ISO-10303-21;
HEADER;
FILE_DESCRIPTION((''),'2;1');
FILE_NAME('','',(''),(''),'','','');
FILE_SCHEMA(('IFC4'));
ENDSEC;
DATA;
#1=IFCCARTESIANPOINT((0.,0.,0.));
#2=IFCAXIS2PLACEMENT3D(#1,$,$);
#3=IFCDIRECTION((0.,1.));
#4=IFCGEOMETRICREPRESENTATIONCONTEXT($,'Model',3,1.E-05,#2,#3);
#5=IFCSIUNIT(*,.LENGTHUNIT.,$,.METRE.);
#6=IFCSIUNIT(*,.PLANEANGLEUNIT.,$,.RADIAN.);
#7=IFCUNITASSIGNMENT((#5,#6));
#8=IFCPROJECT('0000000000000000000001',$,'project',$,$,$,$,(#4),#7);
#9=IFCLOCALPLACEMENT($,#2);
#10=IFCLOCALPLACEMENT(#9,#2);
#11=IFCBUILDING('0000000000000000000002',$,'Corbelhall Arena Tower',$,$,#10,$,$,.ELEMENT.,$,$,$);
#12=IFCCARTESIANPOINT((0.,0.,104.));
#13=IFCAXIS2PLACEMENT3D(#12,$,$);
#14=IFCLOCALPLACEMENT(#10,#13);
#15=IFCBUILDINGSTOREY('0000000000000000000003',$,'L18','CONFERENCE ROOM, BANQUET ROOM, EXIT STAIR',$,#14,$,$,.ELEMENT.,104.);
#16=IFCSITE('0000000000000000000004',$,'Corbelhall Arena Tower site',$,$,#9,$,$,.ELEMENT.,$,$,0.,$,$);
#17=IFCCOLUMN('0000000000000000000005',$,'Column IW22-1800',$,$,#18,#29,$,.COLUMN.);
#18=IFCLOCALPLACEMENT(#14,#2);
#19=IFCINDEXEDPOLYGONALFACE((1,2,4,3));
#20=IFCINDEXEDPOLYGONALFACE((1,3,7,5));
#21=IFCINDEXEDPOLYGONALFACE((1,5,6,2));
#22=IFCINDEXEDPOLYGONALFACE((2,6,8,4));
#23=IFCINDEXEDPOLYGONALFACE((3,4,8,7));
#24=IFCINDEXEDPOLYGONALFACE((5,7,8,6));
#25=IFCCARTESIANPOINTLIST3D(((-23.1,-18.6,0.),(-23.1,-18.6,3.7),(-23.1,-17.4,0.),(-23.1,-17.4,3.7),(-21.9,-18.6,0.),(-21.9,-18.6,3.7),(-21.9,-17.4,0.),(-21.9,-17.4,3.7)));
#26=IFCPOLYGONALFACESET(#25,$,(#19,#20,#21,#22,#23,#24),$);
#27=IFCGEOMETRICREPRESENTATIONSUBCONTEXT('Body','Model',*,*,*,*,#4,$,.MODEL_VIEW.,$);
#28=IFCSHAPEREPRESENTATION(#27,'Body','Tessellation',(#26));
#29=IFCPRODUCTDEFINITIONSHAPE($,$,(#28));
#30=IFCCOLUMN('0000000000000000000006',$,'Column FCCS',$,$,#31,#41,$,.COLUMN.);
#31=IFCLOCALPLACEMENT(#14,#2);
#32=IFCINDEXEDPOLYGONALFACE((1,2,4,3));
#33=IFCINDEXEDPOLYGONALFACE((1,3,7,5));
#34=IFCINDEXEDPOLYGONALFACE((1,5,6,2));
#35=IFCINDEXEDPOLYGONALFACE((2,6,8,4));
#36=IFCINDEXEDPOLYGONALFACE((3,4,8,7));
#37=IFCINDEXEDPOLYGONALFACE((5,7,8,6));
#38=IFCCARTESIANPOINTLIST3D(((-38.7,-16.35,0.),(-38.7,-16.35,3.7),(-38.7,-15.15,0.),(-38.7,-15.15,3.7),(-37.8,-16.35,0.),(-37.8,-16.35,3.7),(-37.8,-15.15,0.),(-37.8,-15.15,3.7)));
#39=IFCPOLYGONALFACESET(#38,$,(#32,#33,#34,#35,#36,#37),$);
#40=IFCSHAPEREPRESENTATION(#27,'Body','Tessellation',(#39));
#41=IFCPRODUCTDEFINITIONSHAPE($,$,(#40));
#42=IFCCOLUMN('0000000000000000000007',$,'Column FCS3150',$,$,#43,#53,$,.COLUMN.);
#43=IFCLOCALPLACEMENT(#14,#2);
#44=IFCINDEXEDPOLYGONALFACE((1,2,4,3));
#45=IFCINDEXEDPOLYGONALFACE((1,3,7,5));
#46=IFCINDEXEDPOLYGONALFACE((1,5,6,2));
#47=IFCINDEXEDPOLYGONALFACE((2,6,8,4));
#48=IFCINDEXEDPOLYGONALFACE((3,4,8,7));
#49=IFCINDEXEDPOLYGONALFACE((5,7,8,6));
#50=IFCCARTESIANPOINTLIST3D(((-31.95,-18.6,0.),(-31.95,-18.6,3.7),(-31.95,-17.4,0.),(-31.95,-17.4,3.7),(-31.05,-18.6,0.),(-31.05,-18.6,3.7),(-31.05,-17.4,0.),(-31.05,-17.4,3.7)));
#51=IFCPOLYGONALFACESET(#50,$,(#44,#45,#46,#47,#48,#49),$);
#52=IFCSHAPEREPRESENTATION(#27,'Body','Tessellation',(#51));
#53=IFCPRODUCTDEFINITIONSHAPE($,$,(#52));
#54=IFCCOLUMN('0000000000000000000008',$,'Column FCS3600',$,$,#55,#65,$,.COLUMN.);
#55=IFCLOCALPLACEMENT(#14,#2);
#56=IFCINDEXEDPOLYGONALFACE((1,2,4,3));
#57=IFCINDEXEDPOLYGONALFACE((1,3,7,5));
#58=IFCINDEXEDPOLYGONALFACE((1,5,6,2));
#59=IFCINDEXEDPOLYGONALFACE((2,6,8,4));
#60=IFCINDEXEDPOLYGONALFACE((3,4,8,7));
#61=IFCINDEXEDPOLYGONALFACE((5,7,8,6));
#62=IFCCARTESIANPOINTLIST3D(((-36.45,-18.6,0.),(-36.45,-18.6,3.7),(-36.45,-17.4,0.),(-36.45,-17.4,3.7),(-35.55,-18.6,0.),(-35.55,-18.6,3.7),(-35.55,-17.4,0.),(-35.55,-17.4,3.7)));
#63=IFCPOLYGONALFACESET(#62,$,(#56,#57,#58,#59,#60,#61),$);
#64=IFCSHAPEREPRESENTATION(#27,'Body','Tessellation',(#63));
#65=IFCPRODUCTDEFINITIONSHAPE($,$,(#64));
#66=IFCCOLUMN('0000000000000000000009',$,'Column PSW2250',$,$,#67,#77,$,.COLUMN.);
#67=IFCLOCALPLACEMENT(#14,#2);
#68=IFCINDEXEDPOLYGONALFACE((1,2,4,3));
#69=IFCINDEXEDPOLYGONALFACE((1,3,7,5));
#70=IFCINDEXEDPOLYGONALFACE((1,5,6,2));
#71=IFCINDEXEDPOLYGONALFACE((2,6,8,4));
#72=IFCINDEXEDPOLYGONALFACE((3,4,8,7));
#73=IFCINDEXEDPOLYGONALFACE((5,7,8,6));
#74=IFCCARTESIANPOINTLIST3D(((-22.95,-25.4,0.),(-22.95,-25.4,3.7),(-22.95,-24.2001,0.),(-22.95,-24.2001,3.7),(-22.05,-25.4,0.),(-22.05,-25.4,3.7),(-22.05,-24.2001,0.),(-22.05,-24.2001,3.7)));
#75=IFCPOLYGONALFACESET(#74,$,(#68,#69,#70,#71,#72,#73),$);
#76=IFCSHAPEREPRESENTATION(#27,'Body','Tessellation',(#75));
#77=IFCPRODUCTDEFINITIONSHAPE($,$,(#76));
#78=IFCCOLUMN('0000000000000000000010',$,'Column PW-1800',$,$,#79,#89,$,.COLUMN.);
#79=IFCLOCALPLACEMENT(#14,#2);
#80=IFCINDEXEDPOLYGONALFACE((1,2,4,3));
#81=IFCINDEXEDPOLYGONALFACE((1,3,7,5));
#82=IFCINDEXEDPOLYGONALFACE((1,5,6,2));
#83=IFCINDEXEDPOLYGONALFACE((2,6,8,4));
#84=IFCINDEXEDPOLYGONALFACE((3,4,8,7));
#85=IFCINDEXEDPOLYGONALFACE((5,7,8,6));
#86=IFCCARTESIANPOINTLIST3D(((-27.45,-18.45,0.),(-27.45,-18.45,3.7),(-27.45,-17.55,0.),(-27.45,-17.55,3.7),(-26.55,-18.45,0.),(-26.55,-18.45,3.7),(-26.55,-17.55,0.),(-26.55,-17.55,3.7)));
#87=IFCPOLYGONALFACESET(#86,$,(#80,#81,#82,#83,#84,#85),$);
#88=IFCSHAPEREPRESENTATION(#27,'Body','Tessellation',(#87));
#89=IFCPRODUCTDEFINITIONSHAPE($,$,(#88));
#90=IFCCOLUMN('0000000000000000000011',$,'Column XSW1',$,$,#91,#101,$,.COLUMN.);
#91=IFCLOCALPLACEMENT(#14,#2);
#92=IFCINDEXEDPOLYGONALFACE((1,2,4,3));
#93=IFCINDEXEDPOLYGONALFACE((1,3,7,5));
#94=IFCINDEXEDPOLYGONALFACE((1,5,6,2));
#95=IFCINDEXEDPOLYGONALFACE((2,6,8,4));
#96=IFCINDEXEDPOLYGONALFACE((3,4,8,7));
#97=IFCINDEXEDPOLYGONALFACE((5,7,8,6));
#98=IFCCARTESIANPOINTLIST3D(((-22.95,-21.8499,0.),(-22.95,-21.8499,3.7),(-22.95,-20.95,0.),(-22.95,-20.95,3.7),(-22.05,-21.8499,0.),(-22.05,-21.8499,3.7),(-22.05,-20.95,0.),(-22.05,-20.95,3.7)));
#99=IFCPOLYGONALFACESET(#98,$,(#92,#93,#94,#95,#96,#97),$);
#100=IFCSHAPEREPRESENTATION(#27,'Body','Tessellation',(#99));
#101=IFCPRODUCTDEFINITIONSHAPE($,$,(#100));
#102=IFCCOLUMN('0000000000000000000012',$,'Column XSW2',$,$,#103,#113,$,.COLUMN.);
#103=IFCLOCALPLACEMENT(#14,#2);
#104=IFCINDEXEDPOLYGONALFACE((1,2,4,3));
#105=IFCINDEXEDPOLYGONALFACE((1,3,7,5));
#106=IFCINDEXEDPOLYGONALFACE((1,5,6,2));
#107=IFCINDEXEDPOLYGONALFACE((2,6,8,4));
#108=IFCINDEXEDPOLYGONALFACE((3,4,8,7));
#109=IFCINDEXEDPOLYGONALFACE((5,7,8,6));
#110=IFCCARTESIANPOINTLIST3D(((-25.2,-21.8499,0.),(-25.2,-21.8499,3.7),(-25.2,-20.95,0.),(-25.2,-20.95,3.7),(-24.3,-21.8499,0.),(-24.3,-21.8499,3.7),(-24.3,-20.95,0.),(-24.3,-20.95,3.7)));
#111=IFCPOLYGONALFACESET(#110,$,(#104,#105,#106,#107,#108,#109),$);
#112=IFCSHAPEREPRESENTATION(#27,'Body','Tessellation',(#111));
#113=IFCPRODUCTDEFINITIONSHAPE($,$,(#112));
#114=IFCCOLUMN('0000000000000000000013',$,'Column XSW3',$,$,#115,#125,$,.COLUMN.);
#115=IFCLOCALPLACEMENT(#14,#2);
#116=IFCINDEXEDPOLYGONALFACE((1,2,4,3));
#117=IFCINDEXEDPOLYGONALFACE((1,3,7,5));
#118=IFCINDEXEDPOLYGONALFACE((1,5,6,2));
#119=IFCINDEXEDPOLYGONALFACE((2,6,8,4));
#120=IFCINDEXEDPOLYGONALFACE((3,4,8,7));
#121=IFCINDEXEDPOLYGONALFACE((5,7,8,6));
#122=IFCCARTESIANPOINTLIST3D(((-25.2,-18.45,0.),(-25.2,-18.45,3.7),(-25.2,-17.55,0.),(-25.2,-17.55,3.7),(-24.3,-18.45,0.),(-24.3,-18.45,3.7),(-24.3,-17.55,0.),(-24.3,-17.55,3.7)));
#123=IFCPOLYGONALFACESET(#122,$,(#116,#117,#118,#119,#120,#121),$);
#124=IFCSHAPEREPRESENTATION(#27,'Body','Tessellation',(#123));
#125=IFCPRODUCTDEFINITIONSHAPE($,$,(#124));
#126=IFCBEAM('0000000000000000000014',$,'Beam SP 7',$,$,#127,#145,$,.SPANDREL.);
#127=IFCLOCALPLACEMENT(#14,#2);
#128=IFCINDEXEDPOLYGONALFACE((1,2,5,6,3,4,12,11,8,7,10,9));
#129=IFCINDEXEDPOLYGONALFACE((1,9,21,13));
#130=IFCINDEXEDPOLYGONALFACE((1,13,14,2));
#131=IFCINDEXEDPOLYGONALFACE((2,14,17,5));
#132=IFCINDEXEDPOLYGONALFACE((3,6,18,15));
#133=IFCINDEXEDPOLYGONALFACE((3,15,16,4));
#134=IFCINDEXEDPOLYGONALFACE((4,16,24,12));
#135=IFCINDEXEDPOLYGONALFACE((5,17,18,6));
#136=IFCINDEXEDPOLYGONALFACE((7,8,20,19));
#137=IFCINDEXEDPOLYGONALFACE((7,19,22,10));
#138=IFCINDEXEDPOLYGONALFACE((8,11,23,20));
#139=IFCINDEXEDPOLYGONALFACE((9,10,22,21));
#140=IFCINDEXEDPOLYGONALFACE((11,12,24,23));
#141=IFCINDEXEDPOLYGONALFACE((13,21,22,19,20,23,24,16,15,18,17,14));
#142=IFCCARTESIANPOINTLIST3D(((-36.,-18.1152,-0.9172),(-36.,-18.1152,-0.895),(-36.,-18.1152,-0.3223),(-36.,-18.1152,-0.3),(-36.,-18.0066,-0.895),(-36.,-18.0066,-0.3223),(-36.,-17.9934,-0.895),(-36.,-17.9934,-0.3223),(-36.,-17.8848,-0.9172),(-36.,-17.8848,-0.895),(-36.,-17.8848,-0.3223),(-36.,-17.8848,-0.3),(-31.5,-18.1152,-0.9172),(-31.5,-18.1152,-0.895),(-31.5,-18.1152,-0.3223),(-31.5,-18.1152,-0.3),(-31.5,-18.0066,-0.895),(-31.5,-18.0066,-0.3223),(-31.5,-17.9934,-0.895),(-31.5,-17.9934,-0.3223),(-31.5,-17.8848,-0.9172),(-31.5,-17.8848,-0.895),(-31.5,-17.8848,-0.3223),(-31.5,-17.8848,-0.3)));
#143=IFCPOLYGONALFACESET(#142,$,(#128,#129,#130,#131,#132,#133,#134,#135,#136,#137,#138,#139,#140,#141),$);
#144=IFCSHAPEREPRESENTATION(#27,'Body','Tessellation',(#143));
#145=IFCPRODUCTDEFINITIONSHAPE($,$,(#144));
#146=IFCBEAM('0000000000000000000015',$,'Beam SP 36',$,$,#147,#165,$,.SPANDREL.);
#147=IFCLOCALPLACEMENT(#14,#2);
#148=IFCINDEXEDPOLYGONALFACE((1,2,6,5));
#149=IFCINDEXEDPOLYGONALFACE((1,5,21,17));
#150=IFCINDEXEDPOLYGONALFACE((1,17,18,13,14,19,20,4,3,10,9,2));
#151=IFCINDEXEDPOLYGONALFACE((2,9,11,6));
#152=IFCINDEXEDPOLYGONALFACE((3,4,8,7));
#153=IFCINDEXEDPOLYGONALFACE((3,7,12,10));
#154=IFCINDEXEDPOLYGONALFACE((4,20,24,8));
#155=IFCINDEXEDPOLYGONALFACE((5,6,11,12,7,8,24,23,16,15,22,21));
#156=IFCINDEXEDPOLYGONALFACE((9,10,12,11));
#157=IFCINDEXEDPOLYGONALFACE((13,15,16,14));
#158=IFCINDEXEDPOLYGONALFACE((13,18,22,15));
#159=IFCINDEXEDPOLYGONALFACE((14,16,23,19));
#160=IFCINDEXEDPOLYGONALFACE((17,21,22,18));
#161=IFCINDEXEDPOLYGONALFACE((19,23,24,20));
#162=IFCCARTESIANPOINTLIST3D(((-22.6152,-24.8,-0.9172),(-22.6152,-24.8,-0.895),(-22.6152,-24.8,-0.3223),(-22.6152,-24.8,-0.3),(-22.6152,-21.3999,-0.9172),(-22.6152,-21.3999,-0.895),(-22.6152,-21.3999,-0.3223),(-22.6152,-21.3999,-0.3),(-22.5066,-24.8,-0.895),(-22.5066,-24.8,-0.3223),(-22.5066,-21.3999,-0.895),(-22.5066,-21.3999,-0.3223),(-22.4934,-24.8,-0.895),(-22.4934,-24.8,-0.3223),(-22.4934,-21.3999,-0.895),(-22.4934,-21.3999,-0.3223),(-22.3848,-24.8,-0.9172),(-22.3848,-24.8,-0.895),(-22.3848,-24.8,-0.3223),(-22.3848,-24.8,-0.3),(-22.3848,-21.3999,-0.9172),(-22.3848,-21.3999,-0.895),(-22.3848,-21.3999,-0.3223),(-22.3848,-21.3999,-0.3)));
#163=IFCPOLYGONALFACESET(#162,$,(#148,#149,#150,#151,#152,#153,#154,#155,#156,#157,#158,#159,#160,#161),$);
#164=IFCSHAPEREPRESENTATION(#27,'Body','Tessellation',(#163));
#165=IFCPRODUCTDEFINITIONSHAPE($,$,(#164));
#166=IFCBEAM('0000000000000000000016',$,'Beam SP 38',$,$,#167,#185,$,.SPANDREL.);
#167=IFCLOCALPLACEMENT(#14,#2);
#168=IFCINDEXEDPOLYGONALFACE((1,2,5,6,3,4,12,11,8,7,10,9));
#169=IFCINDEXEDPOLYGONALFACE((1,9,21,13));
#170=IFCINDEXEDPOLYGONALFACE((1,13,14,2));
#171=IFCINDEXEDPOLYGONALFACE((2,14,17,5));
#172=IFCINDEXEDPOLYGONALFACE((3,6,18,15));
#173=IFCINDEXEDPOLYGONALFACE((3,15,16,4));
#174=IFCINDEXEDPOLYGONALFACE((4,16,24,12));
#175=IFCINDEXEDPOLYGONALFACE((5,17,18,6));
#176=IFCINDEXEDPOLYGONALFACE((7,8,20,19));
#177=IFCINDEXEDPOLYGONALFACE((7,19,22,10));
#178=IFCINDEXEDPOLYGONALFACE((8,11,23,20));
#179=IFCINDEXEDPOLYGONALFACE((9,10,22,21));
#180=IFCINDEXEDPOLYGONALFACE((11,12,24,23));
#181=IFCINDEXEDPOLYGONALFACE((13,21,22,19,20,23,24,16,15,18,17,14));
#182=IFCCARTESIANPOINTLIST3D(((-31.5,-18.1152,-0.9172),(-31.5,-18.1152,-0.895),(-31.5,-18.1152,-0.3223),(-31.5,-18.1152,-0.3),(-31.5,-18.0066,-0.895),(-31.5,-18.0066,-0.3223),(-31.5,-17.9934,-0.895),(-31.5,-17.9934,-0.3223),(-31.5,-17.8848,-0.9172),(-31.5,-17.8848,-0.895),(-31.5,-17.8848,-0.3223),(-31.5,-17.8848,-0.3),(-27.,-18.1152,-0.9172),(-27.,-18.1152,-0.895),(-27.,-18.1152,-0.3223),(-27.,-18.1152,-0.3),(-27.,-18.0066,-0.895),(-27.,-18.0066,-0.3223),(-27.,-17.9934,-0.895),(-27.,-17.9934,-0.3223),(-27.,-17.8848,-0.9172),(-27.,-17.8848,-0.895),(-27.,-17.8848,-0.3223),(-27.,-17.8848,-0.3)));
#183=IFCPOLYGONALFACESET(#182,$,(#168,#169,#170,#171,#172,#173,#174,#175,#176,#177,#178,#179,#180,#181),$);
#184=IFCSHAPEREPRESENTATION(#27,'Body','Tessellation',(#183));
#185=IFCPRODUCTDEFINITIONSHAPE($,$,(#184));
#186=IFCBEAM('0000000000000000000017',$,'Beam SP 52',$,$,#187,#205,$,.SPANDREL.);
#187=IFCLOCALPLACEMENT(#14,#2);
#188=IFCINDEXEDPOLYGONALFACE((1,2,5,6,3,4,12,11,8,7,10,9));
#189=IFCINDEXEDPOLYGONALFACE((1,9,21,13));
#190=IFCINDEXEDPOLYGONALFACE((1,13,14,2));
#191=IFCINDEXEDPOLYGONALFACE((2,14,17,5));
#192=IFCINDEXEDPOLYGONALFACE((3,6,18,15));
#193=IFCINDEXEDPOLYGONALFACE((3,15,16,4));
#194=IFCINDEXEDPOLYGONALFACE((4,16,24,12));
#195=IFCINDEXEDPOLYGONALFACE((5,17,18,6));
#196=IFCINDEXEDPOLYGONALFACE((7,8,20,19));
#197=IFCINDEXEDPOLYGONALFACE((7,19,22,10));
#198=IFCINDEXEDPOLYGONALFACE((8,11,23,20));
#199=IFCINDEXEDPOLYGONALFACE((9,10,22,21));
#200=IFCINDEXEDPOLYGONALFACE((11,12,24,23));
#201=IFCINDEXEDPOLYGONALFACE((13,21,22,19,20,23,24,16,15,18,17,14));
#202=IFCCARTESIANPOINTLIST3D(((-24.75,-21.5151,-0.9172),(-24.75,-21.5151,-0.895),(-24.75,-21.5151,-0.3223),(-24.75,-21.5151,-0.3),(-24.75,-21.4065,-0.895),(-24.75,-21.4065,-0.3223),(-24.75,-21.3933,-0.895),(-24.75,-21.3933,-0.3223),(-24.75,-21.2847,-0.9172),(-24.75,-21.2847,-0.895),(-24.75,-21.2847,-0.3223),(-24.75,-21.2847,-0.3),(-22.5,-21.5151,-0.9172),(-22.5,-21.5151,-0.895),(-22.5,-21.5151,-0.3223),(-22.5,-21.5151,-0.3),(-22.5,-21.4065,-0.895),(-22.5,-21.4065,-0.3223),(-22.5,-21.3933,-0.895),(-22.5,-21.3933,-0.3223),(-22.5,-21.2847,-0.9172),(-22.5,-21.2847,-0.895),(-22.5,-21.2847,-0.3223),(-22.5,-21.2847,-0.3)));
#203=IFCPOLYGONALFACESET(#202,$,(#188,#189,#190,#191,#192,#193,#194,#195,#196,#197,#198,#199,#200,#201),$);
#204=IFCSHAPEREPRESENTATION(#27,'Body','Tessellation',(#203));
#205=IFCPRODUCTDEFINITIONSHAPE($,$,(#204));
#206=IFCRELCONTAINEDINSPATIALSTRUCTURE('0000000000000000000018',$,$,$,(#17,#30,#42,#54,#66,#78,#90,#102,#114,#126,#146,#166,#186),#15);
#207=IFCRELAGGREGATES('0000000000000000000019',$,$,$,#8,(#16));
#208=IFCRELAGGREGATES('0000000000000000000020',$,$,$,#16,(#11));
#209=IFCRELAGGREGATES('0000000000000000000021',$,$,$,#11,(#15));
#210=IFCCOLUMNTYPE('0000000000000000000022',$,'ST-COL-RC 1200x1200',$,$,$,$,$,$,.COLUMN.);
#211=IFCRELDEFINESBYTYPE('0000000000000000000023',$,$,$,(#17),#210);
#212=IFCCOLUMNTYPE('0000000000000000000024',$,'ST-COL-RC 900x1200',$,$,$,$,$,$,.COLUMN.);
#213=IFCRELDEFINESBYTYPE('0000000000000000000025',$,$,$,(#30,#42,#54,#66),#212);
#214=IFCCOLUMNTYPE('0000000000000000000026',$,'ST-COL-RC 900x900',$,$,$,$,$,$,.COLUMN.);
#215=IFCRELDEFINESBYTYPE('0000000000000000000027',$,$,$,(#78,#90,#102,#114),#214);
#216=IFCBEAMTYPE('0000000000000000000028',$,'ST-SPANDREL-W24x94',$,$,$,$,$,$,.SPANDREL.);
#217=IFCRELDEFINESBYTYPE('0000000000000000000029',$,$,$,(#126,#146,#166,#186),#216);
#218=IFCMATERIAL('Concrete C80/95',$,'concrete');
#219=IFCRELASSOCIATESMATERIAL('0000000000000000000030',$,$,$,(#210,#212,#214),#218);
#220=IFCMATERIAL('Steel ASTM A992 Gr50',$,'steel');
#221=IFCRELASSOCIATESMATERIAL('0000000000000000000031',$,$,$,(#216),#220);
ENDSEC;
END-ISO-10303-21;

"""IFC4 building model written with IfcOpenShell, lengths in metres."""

from ifc_helpers import new_model, si_unit, direction, frame, origin, origin_2d, place, context, subcontext, project, spatial, rectangle, i_section, extrude, material, material_profile, profile_set, type_object, element, save


model = new_model("IFC4")

# Units and contexts
model_context = context("Model", 3, precision=1e-05, world=origin(), true_north=direction((0.0, 1.0)))
body_context = subcontext(model_context, "Body", "Model", "MODEL_VIEW")
ifc_project = project(units=[si_unit("LENGTHUNIT", "METRE"), si_unit("PLANEANGLEUNIT", "RADIAN")], contexts=[model_context])

# Site, building, storey
site_placement = place(None, origin())
site = spatial("IfcSite", under=ifc_project, at=site_placement, Name="Corbelhall Arena Tower site", CompositionType="ELEMENT", RefElevation=0.0)
building_placement = place(site_placement, origin())
building = spatial("IfcBuilding", under=site, at=building_placement, Name="Corbelhall Arena Tower", CompositionType="ELEMENT")
storey_placement = place(building_placement, frame((0.0, 0.0, 104.0)))
storey = spatial("IfcBuildingStorey", under=building, at=storey_placement, Name="L18", Description="CONFERENCE ROOM, BANQUET ROOM, EXIT STAIR", CompositionType="ELEMENT", Elevation=104.0)

# Columns
ifc_material_1 = material(Name="Concrete C80/95", Category="concrete")
ifc_material_profile_1 = material_profile(ifc_material_1, rectangle(XDim=1.2, YDim=1.2, at=origin_2d()))
ifc_profile_set_1 = profile_set([ifc_material_profile_1], Name="Concrete C80/95")
column_type_1 = type_object("IfcColumnType", Name="ST-COL-RC 1200x1200", PredefinedType="COLUMN", material=ifc_profile_set_1)
column_placement = place(storey_placement, frame((-22.5, -18.0, 0.0), z_axis=(0.0, 0.0, 1.0), x_axis=(1.0, 0.0, 0.0)))
element("IfcColumn", 1, at=column_placement, inside=storey, type_object=column_type_1, Name="Column IW22-1800", PredefinedType="COLUMN", context=body_context, shape_type="SweptSolid", body=[
    extrude(rectangle(XDim=1.2, YDim=1.2, at=origin_2d()), origin(), (0.0, 0.0, 1.0), 3.7),
])
ifc_material_profile_2 = material_profile(ifc_material_1, rectangle(XDim=0.8999, YDim=1.2, at=origin_2d()))
ifc_profile_set_2 = profile_set([ifc_material_profile_2], Name="Concrete C80/95")
column_type_2 = type_object("IfcColumnType", Name="ST-COL-RC 900x1200", PredefinedType="COLUMN", material=ifc_profile_set_2)
for number, where, z_axis, x_axis, name in (
    (2, (-38.25, -15.75, 0.0), (0.0, 0.0, 1.0), (1.0, 0.0, 0.0), "Column FCCS"),
    (3, (-31.5, -18.0, 0.0), (0.0, 0.0, 1.0), (1.0, 0.0, 0.0), "Column FCS3150"),
    (4, (-36.0, -18.0, 0.0), (0.0, 0.0, 1.0), (1.0, 0.0, 0.0), "Column FCS3600"),
    (5, (-22.5, -24.8, 0.0), (0.0, 0.0, 1.0), (1.0, 0.0, 0.0), "Column PSW2250"),
):
    element("IfcColumn", number, at=place(storey_placement, frame(where, z_axis=z_axis, x_axis=x_axis)), inside=storey, type_object=column_type_2, Name=name, PredefinedType="COLUMN", context=body_context, shape_type="SweptSolid", body=[
        extrude(rectangle(XDim=0.8999, YDim=1.2, at=origin_2d()), origin(), (0.0, 0.0, 1.0), 3.7),
    ])
ifc_material_profile_3 = material_profile(ifc_material_1, rectangle(XDim=0.8999, YDim=0.8999, at=origin_2d()))
ifc_profile_set_3 = profile_set([ifc_material_profile_3], Name="Concrete C80/95")
column_type_3 = type_object("IfcColumnType", Name="ST-COL-RC 900x900", PredefinedType="COLUMN", material=ifc_profile_set_3)
for number, where, z_axis, x_axis, name in (
    (6, (-27.0, -18.0, 0.0), (0.0, 0.0, 1.0), (1.0, 0.0, 0.0), "Column PW-1800"),
    (7, (-22.5, -21.3999, 0.0), (0.0, 0.0, 1.0), (1.0, 0.0, 0.0), "Column XSW1"),
    (8, (-24.75, -21.3999, 0.0), (0.0, 0.0, 1.0), (1.0, 0.0, 0.0), "Column XSW2"),
    (9, (-24.75, -18.0, 0.0), (0.0, 0.0, 1.0), (1.0, 0.0, 0.0), "Column XSW3"),
):
    element("IfcColumn", number, at=place(storey_placement, frame(where, z_axis=z_axis, x_axis=x_axis)), inside=storey, type_object=column_type_3, Name=name, PredefinedType="COLUMN", context=body_context, shape_type="SweptSolid", body=[
        extrude(rectangle(XDim=0.8999, YDim=0.8999, at=origin_2d()), origin(), (0.0, 0.0, 1.0), 3.7),
    ])

# Beams
ifc_material_2 = material(Name="Steel ASTM A992 Gr50", Category="steel")
ifc_material_profile_4 = material_profile(ifc_material_2, i_section(OverallWidth=0.2305, OverallDepth=0.6172, WebThickness=0.0132, FlangeThickness=0.0222, at=origin_2d()))
ifc_profile_set_4 = profile_set([ifc_material_profile_4], Name="Steel ASTM A992 Gr50")
beam_type = type_object("IfcBeamType", Name="ST-SPANDREL-W24x94", PredefinedType="SPANDREL", material=ifc_profile_set_4)
beam_1_placement = place(storey_placement, frame((-31.5, -18.0, -0.6086), z_axis=(-1.0, 0.0, 0.0), x_axis=(0.0, -1.0, 0.0)))
element("IfcBeam", 10, at=beam_1_placement, inside=storey, type_object=beam_type, Name="Beam SP 7", PredefinedType="SPANDREL", context=body_context, shape_type="SweptSolid", body=[
    extrude(i_section(OverallWidth=0.2305, OverallDepth=0.6172, WebThickness=0.0132, FlangeThickness=0.0222, at=origin_2d()), origin(), (0.0, 0.0, 1.0), 4.5),
])
beam_2_placement = place(storey_placement, frame((-22.5, -24.8, -0.6086), z_axis=(0.0, 1.0, 0.0), x_axis=(-1.0, 0.0, 0.0)))
element("IfcBeam", 11, at=beam_2_placement, inside=storey, type_object=beam_type, Name="Beam SP 36", PredefinedType="SPANDREL", context=body_context, shape_type="SweptSolid", body=[
    extrude(i_section(OverallWidth=0.2305, OverallDepth=0.6172, WebThickness=0.0132, FlangeThickness=0.0222, at=origin_2d()), origin(), (0.0, 0.0, 1.0), 3.4001),
])
beam_3_placement = place(storey_placement, frame((-27.0, -18.0, -0.6086), z_axis=(-1.0, 0.0, 0.0), x_axis=(0.0, -1.0, 0.0)))
element("IfcBeam", 12, at=beam_3_placement, inside=storey, type_object=beam_type, Name="Beam SP 38", PredefinedType="SPANDREL", context=body_context, shape_type="SweptSolid", body=[
    extrude(i_section(OverallWidth=0.2305, OverallDepth=0.6172, WebThickness=0.0132, FlangeThickness=0.0222, at=origin_2d()), origin(), (0.0, 0.0, 1.0), 4.5),
])
beam_4_placement = place(storey_placement, frame((-22.5, -21.3999, -0.6086), z_axis=(-1.0, 0.0, 0.0), x_axis=(0.0, -1.0, 0.0)))
element("IfcBeam", 13, at=beam_4_placement, inside=storey, type_object=beam_type, Name="Beam SP 52", PredefinedType="SPANDREL", context=body_context, shape_type="SweptSolid", body=[
    extrude(i_section(OverallWidth=0.2305, OverallDepth=0.6172, WebThickness=0.0132, FlangeThickness=0.0222, at=origin_2d()), origin(), (0.0, 0.0, 1.0), 2.25),
])

save(model, "model.ifc")
